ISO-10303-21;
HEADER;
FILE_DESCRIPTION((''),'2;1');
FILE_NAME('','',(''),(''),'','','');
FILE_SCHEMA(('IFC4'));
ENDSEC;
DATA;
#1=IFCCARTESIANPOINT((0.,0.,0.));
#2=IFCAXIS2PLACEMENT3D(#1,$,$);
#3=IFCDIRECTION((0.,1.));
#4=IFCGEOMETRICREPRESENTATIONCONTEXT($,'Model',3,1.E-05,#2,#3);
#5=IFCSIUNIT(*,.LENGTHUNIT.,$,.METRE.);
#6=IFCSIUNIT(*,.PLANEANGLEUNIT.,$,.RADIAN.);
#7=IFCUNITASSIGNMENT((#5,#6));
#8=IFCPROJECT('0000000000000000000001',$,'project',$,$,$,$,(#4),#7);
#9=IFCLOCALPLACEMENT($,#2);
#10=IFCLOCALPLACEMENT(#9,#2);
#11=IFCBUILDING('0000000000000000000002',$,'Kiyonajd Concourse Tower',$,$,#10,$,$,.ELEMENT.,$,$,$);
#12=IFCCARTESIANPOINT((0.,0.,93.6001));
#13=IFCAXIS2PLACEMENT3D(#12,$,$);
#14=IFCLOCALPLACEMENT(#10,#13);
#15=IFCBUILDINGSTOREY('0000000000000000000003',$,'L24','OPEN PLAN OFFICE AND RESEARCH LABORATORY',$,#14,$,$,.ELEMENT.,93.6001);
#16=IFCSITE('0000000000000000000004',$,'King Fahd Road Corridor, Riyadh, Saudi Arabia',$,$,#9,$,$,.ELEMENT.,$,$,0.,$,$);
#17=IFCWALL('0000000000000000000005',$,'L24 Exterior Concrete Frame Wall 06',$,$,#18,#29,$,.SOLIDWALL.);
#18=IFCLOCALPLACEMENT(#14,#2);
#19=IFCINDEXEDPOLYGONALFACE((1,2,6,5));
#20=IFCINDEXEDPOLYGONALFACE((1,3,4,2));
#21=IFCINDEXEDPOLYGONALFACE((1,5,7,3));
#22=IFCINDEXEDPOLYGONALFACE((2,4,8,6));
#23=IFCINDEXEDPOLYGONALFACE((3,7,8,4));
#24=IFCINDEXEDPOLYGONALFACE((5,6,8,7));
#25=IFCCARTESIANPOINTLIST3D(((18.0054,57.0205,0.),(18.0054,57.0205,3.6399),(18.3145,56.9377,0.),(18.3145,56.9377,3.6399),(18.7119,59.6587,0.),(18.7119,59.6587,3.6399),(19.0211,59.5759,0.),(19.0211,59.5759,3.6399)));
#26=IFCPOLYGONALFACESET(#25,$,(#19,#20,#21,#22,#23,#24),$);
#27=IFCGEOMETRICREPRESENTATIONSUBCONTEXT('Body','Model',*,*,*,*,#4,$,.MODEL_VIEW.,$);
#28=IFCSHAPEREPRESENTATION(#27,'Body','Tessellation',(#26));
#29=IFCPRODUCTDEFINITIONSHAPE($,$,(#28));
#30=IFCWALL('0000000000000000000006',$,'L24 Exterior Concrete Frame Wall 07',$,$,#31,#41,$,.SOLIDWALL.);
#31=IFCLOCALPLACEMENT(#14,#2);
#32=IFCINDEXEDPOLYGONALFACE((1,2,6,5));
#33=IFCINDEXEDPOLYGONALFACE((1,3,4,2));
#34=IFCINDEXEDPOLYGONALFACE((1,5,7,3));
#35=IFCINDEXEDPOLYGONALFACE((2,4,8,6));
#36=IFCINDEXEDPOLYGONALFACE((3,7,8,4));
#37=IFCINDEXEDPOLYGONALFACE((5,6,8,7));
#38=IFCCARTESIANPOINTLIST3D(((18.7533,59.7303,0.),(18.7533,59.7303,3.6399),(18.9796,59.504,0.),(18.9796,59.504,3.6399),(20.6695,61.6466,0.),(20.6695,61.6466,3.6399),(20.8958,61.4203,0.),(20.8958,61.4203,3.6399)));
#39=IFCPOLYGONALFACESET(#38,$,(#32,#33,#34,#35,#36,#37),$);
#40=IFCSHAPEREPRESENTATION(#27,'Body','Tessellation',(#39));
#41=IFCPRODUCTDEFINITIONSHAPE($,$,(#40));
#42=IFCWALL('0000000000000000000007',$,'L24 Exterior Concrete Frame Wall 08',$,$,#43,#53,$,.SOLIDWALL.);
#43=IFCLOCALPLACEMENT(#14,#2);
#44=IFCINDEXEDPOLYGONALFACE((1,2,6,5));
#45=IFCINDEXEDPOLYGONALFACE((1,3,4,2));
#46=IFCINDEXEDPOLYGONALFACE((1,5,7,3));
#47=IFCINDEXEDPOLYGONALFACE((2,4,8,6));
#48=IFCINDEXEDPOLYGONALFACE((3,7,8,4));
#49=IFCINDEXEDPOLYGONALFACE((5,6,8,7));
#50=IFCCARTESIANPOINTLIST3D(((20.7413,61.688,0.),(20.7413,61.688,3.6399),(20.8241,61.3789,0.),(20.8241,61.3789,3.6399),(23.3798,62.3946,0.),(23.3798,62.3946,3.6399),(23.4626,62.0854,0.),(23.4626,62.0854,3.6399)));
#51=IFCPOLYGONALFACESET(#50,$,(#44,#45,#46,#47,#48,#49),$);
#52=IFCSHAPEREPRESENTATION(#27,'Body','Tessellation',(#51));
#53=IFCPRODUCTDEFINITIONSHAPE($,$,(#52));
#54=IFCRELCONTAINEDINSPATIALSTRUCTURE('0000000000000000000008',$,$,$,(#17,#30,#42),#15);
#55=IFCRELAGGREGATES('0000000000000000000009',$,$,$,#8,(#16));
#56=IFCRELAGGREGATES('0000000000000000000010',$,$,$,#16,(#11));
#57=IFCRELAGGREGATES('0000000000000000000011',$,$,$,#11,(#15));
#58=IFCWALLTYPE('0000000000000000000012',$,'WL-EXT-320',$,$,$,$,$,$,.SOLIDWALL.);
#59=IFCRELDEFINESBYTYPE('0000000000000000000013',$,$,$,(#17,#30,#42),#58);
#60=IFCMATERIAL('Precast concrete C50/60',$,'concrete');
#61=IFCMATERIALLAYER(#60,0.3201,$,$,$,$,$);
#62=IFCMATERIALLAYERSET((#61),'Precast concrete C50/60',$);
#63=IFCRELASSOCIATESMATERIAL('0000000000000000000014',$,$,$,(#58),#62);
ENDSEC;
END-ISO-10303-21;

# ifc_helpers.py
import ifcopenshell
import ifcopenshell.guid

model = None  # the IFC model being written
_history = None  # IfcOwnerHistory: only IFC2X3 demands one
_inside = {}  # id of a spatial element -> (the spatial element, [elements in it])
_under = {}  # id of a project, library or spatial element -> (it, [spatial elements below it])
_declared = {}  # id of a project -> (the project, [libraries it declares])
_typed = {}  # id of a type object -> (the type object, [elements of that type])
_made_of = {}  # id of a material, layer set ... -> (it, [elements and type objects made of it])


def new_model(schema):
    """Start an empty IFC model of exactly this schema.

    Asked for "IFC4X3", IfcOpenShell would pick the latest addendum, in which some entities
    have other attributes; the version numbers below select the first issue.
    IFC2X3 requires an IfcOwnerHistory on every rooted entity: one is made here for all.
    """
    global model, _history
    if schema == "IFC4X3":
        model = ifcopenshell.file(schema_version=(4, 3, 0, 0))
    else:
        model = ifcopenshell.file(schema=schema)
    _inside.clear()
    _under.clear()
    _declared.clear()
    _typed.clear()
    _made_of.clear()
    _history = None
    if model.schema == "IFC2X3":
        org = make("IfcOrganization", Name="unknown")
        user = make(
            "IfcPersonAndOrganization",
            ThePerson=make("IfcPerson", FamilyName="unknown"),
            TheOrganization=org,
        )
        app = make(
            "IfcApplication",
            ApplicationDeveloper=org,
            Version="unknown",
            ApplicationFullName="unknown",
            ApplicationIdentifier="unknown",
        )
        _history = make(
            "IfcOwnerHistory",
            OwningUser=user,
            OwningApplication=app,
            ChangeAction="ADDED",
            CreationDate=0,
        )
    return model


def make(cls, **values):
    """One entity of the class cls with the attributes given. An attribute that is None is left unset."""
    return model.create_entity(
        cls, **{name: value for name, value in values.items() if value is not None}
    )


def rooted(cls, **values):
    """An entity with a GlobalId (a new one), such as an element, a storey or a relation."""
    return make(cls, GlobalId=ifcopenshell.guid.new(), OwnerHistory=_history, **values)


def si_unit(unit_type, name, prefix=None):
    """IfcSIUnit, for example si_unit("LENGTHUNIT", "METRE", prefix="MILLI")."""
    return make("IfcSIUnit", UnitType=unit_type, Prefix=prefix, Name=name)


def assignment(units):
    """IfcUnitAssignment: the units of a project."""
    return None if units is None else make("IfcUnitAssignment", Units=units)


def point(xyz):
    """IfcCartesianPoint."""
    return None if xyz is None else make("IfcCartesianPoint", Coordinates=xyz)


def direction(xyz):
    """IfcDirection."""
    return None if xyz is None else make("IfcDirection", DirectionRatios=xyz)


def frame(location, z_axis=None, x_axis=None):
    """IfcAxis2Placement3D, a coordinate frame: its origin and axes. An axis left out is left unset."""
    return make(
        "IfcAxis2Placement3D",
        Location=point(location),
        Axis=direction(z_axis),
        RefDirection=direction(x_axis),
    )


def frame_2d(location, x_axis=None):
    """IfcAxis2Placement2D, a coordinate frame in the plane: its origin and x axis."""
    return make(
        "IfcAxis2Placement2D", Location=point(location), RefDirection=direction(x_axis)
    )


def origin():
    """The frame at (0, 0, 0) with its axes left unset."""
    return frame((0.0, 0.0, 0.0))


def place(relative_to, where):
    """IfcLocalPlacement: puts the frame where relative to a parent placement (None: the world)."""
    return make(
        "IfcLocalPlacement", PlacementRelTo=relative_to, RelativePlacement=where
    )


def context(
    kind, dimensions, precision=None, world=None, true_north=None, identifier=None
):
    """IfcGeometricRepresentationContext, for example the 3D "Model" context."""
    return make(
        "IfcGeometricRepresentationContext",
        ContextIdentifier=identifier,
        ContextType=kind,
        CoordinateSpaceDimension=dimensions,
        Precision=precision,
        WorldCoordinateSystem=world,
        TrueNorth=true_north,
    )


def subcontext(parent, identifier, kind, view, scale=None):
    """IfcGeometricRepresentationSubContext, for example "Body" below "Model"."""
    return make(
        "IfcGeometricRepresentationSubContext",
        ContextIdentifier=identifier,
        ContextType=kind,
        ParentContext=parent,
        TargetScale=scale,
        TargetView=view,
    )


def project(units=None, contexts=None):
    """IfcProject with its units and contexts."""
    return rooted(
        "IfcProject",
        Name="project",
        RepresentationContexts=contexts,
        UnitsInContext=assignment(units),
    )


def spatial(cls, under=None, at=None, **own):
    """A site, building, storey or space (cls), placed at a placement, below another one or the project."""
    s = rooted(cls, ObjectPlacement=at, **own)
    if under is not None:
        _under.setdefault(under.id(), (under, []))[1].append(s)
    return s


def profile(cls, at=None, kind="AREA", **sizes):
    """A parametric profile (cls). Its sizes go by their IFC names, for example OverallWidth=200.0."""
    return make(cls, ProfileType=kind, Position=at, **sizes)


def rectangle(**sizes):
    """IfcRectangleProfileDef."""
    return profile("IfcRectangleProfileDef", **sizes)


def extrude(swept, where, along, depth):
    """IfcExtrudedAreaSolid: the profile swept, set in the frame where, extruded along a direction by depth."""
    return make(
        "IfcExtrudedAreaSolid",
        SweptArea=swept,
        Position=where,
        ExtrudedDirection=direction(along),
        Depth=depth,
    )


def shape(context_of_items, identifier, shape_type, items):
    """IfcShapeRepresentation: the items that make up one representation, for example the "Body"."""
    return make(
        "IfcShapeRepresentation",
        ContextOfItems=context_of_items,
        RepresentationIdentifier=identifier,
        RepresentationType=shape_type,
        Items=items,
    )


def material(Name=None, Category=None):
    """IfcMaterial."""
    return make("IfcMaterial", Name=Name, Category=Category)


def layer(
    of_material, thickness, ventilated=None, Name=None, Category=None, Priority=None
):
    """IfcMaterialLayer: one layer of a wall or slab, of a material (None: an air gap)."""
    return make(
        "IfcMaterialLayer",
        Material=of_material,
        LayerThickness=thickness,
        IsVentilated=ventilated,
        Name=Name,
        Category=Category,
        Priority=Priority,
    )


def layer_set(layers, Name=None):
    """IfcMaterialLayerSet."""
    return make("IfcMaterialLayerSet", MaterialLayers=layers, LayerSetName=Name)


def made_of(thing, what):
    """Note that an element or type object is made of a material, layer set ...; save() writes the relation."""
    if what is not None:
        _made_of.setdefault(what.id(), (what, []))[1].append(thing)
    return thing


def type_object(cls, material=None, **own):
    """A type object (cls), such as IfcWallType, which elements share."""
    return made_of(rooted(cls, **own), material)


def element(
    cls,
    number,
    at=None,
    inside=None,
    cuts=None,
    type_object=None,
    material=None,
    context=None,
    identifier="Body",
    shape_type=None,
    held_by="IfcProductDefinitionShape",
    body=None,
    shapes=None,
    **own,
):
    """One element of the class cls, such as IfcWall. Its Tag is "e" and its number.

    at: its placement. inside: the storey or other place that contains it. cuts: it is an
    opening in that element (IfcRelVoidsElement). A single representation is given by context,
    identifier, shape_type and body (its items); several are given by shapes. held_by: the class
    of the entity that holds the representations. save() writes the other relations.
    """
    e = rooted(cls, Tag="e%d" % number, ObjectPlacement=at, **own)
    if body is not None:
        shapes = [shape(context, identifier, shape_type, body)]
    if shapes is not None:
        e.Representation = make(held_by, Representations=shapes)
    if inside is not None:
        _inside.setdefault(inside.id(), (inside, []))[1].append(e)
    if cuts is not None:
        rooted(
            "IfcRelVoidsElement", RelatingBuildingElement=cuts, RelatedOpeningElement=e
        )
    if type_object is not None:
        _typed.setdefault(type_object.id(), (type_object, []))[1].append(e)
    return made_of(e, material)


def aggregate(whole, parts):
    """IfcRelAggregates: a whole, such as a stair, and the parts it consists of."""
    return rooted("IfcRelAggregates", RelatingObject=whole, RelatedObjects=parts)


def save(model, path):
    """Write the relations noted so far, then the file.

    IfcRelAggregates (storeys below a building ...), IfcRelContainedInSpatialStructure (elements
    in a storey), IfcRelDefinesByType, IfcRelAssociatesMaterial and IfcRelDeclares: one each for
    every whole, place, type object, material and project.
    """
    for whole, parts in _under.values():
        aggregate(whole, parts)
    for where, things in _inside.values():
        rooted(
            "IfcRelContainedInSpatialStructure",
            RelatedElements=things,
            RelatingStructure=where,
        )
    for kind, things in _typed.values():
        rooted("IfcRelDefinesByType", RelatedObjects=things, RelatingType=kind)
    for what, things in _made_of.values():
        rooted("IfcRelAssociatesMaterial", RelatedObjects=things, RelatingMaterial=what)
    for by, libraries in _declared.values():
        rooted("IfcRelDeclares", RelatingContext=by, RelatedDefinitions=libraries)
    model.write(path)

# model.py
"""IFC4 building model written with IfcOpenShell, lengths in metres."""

from ifc_helpers import new_model, si_unit, direction, frame, frame_2d, origin, place, context, subcontext, project, spatial, rectangle, extrude, material, layer, layer_set, type_object, element, save


model = new_model("IFC4")

# Units and contexts
model_context = context("Model", 3, precision=1e-05, world=origin(), true_north=direction((0.0, 1.0)))
body_context = subcontext(model_context, "Body", "Model", "MODEL_VIEW")
ifc_project = project(units=[si_unit("LENGTHUNIT", "METRE"), si_unit("PLANEANGLEUNIT", "RADIAN")], contexts=[model_context])

# Site, building, storey
site_placement = place(None, origin())
site = spatial("IfcSite", under=ifc_project, at=site_placement, Name="King Fahd Road Corridor, Riyadh, Saudi Arabia", CompositionType="ELEMENT", RefElevation=0.0)
building_placement = place(site_placement, origin())
building = spatial("IfcBuilding", under=site, at=building_placement, Name="Kiyonajd Concourse Tower", CompositionType="ELEMENT")
storey_placement = place(building_placement, frame((0.0, 0.0, 93.6001)))
storey = spatial("IfcBuildingStorey", under=building, at=storey_placement, Name="L24", Description="OPEN PLAN OFFICE AND RESEARCH LABORATORY", CompositionType="ELEMENT", Elevation=93.6001)

# Shared definitions
ifc_material_1 = material(Name="Precast concrete C50/60", Category="concrete")

# Walls
ifc_layer_1 = layer(ifc_material_1, 0.3201)
ifc_layer_set_1 = layer_set([ifc_layer_1], Name="Precast concrete C50/60")
wall_type = type_object("IfcWallType", Name="WL-EXT-320", PredefinedType="SOLIDWALL", material=ifc_layer_set_1)
wall_1_placement = place(storey_placement, frame((18.1599, 56.979, 0.0), z_axis=(0.0, 0.0, 1.0), x_axis=(0.258697, 0.965958, 0.0)))
element("IfcWall", 1, at=wall_1_placement, inside=storey, type_object=wall_type, Name="L24 Exterior Concrete Frame Wall 06", PredefinedType="SOLIDWALL", context=body_context, shape_type="SweptSolid", body=[
    extrude(rectangle(XDim=2.7312, YDim=0.3201, at=frame_2d((1.3657, 0.0))), origin(), (0.0, 0.0, 1.0), 3.6399),
])
wall_2_placement = place(storey_placement, frame((18.8665, 59.6172, 0.0), z_axis=(0.0, 0.0, 1.0), x_axis=(0.707107, 0.707107, 0.0)))
element("IfcWall", 2, at=wall_2_placement, inside=storey, type_object=wall_type, Name="L24 Exterior Concrete Frame Wall 07", PredefinedType="SOLIDWALL", context=body_context, shape_type="SweptSolid", body=[
    extrude(rectangle(XDim=2.71, YDim=0.3201, at=frame_2d((1.355, 0.0))), origin(), (0.0, 0.0, 1.0), 3.6399),
])
wall_3_placement = place(storey_placement, frame((20.7827, 61.5334, 0.0), z_axis=(0.0, 0.0, 1.0), x_axis=(0.965964, 0.258675, 0.0)))
element("IfcWall", 3, at=wall_3_placement, inside=storey, type_object=wall_type, Name="L24 Exterior Concrete Frame Wall 08", PredefinedType="SOLIDWALL", context=body_context, shape_type="SweptSolid", body=[
    extrude(rectangle(XDim=2.7314, YDim=0.3201, at=frame_2d((1.3657, 0.0))), origin(), (0.0, 0.0, 1.0), 3.6399),
])

save(model, "model.ifc")
